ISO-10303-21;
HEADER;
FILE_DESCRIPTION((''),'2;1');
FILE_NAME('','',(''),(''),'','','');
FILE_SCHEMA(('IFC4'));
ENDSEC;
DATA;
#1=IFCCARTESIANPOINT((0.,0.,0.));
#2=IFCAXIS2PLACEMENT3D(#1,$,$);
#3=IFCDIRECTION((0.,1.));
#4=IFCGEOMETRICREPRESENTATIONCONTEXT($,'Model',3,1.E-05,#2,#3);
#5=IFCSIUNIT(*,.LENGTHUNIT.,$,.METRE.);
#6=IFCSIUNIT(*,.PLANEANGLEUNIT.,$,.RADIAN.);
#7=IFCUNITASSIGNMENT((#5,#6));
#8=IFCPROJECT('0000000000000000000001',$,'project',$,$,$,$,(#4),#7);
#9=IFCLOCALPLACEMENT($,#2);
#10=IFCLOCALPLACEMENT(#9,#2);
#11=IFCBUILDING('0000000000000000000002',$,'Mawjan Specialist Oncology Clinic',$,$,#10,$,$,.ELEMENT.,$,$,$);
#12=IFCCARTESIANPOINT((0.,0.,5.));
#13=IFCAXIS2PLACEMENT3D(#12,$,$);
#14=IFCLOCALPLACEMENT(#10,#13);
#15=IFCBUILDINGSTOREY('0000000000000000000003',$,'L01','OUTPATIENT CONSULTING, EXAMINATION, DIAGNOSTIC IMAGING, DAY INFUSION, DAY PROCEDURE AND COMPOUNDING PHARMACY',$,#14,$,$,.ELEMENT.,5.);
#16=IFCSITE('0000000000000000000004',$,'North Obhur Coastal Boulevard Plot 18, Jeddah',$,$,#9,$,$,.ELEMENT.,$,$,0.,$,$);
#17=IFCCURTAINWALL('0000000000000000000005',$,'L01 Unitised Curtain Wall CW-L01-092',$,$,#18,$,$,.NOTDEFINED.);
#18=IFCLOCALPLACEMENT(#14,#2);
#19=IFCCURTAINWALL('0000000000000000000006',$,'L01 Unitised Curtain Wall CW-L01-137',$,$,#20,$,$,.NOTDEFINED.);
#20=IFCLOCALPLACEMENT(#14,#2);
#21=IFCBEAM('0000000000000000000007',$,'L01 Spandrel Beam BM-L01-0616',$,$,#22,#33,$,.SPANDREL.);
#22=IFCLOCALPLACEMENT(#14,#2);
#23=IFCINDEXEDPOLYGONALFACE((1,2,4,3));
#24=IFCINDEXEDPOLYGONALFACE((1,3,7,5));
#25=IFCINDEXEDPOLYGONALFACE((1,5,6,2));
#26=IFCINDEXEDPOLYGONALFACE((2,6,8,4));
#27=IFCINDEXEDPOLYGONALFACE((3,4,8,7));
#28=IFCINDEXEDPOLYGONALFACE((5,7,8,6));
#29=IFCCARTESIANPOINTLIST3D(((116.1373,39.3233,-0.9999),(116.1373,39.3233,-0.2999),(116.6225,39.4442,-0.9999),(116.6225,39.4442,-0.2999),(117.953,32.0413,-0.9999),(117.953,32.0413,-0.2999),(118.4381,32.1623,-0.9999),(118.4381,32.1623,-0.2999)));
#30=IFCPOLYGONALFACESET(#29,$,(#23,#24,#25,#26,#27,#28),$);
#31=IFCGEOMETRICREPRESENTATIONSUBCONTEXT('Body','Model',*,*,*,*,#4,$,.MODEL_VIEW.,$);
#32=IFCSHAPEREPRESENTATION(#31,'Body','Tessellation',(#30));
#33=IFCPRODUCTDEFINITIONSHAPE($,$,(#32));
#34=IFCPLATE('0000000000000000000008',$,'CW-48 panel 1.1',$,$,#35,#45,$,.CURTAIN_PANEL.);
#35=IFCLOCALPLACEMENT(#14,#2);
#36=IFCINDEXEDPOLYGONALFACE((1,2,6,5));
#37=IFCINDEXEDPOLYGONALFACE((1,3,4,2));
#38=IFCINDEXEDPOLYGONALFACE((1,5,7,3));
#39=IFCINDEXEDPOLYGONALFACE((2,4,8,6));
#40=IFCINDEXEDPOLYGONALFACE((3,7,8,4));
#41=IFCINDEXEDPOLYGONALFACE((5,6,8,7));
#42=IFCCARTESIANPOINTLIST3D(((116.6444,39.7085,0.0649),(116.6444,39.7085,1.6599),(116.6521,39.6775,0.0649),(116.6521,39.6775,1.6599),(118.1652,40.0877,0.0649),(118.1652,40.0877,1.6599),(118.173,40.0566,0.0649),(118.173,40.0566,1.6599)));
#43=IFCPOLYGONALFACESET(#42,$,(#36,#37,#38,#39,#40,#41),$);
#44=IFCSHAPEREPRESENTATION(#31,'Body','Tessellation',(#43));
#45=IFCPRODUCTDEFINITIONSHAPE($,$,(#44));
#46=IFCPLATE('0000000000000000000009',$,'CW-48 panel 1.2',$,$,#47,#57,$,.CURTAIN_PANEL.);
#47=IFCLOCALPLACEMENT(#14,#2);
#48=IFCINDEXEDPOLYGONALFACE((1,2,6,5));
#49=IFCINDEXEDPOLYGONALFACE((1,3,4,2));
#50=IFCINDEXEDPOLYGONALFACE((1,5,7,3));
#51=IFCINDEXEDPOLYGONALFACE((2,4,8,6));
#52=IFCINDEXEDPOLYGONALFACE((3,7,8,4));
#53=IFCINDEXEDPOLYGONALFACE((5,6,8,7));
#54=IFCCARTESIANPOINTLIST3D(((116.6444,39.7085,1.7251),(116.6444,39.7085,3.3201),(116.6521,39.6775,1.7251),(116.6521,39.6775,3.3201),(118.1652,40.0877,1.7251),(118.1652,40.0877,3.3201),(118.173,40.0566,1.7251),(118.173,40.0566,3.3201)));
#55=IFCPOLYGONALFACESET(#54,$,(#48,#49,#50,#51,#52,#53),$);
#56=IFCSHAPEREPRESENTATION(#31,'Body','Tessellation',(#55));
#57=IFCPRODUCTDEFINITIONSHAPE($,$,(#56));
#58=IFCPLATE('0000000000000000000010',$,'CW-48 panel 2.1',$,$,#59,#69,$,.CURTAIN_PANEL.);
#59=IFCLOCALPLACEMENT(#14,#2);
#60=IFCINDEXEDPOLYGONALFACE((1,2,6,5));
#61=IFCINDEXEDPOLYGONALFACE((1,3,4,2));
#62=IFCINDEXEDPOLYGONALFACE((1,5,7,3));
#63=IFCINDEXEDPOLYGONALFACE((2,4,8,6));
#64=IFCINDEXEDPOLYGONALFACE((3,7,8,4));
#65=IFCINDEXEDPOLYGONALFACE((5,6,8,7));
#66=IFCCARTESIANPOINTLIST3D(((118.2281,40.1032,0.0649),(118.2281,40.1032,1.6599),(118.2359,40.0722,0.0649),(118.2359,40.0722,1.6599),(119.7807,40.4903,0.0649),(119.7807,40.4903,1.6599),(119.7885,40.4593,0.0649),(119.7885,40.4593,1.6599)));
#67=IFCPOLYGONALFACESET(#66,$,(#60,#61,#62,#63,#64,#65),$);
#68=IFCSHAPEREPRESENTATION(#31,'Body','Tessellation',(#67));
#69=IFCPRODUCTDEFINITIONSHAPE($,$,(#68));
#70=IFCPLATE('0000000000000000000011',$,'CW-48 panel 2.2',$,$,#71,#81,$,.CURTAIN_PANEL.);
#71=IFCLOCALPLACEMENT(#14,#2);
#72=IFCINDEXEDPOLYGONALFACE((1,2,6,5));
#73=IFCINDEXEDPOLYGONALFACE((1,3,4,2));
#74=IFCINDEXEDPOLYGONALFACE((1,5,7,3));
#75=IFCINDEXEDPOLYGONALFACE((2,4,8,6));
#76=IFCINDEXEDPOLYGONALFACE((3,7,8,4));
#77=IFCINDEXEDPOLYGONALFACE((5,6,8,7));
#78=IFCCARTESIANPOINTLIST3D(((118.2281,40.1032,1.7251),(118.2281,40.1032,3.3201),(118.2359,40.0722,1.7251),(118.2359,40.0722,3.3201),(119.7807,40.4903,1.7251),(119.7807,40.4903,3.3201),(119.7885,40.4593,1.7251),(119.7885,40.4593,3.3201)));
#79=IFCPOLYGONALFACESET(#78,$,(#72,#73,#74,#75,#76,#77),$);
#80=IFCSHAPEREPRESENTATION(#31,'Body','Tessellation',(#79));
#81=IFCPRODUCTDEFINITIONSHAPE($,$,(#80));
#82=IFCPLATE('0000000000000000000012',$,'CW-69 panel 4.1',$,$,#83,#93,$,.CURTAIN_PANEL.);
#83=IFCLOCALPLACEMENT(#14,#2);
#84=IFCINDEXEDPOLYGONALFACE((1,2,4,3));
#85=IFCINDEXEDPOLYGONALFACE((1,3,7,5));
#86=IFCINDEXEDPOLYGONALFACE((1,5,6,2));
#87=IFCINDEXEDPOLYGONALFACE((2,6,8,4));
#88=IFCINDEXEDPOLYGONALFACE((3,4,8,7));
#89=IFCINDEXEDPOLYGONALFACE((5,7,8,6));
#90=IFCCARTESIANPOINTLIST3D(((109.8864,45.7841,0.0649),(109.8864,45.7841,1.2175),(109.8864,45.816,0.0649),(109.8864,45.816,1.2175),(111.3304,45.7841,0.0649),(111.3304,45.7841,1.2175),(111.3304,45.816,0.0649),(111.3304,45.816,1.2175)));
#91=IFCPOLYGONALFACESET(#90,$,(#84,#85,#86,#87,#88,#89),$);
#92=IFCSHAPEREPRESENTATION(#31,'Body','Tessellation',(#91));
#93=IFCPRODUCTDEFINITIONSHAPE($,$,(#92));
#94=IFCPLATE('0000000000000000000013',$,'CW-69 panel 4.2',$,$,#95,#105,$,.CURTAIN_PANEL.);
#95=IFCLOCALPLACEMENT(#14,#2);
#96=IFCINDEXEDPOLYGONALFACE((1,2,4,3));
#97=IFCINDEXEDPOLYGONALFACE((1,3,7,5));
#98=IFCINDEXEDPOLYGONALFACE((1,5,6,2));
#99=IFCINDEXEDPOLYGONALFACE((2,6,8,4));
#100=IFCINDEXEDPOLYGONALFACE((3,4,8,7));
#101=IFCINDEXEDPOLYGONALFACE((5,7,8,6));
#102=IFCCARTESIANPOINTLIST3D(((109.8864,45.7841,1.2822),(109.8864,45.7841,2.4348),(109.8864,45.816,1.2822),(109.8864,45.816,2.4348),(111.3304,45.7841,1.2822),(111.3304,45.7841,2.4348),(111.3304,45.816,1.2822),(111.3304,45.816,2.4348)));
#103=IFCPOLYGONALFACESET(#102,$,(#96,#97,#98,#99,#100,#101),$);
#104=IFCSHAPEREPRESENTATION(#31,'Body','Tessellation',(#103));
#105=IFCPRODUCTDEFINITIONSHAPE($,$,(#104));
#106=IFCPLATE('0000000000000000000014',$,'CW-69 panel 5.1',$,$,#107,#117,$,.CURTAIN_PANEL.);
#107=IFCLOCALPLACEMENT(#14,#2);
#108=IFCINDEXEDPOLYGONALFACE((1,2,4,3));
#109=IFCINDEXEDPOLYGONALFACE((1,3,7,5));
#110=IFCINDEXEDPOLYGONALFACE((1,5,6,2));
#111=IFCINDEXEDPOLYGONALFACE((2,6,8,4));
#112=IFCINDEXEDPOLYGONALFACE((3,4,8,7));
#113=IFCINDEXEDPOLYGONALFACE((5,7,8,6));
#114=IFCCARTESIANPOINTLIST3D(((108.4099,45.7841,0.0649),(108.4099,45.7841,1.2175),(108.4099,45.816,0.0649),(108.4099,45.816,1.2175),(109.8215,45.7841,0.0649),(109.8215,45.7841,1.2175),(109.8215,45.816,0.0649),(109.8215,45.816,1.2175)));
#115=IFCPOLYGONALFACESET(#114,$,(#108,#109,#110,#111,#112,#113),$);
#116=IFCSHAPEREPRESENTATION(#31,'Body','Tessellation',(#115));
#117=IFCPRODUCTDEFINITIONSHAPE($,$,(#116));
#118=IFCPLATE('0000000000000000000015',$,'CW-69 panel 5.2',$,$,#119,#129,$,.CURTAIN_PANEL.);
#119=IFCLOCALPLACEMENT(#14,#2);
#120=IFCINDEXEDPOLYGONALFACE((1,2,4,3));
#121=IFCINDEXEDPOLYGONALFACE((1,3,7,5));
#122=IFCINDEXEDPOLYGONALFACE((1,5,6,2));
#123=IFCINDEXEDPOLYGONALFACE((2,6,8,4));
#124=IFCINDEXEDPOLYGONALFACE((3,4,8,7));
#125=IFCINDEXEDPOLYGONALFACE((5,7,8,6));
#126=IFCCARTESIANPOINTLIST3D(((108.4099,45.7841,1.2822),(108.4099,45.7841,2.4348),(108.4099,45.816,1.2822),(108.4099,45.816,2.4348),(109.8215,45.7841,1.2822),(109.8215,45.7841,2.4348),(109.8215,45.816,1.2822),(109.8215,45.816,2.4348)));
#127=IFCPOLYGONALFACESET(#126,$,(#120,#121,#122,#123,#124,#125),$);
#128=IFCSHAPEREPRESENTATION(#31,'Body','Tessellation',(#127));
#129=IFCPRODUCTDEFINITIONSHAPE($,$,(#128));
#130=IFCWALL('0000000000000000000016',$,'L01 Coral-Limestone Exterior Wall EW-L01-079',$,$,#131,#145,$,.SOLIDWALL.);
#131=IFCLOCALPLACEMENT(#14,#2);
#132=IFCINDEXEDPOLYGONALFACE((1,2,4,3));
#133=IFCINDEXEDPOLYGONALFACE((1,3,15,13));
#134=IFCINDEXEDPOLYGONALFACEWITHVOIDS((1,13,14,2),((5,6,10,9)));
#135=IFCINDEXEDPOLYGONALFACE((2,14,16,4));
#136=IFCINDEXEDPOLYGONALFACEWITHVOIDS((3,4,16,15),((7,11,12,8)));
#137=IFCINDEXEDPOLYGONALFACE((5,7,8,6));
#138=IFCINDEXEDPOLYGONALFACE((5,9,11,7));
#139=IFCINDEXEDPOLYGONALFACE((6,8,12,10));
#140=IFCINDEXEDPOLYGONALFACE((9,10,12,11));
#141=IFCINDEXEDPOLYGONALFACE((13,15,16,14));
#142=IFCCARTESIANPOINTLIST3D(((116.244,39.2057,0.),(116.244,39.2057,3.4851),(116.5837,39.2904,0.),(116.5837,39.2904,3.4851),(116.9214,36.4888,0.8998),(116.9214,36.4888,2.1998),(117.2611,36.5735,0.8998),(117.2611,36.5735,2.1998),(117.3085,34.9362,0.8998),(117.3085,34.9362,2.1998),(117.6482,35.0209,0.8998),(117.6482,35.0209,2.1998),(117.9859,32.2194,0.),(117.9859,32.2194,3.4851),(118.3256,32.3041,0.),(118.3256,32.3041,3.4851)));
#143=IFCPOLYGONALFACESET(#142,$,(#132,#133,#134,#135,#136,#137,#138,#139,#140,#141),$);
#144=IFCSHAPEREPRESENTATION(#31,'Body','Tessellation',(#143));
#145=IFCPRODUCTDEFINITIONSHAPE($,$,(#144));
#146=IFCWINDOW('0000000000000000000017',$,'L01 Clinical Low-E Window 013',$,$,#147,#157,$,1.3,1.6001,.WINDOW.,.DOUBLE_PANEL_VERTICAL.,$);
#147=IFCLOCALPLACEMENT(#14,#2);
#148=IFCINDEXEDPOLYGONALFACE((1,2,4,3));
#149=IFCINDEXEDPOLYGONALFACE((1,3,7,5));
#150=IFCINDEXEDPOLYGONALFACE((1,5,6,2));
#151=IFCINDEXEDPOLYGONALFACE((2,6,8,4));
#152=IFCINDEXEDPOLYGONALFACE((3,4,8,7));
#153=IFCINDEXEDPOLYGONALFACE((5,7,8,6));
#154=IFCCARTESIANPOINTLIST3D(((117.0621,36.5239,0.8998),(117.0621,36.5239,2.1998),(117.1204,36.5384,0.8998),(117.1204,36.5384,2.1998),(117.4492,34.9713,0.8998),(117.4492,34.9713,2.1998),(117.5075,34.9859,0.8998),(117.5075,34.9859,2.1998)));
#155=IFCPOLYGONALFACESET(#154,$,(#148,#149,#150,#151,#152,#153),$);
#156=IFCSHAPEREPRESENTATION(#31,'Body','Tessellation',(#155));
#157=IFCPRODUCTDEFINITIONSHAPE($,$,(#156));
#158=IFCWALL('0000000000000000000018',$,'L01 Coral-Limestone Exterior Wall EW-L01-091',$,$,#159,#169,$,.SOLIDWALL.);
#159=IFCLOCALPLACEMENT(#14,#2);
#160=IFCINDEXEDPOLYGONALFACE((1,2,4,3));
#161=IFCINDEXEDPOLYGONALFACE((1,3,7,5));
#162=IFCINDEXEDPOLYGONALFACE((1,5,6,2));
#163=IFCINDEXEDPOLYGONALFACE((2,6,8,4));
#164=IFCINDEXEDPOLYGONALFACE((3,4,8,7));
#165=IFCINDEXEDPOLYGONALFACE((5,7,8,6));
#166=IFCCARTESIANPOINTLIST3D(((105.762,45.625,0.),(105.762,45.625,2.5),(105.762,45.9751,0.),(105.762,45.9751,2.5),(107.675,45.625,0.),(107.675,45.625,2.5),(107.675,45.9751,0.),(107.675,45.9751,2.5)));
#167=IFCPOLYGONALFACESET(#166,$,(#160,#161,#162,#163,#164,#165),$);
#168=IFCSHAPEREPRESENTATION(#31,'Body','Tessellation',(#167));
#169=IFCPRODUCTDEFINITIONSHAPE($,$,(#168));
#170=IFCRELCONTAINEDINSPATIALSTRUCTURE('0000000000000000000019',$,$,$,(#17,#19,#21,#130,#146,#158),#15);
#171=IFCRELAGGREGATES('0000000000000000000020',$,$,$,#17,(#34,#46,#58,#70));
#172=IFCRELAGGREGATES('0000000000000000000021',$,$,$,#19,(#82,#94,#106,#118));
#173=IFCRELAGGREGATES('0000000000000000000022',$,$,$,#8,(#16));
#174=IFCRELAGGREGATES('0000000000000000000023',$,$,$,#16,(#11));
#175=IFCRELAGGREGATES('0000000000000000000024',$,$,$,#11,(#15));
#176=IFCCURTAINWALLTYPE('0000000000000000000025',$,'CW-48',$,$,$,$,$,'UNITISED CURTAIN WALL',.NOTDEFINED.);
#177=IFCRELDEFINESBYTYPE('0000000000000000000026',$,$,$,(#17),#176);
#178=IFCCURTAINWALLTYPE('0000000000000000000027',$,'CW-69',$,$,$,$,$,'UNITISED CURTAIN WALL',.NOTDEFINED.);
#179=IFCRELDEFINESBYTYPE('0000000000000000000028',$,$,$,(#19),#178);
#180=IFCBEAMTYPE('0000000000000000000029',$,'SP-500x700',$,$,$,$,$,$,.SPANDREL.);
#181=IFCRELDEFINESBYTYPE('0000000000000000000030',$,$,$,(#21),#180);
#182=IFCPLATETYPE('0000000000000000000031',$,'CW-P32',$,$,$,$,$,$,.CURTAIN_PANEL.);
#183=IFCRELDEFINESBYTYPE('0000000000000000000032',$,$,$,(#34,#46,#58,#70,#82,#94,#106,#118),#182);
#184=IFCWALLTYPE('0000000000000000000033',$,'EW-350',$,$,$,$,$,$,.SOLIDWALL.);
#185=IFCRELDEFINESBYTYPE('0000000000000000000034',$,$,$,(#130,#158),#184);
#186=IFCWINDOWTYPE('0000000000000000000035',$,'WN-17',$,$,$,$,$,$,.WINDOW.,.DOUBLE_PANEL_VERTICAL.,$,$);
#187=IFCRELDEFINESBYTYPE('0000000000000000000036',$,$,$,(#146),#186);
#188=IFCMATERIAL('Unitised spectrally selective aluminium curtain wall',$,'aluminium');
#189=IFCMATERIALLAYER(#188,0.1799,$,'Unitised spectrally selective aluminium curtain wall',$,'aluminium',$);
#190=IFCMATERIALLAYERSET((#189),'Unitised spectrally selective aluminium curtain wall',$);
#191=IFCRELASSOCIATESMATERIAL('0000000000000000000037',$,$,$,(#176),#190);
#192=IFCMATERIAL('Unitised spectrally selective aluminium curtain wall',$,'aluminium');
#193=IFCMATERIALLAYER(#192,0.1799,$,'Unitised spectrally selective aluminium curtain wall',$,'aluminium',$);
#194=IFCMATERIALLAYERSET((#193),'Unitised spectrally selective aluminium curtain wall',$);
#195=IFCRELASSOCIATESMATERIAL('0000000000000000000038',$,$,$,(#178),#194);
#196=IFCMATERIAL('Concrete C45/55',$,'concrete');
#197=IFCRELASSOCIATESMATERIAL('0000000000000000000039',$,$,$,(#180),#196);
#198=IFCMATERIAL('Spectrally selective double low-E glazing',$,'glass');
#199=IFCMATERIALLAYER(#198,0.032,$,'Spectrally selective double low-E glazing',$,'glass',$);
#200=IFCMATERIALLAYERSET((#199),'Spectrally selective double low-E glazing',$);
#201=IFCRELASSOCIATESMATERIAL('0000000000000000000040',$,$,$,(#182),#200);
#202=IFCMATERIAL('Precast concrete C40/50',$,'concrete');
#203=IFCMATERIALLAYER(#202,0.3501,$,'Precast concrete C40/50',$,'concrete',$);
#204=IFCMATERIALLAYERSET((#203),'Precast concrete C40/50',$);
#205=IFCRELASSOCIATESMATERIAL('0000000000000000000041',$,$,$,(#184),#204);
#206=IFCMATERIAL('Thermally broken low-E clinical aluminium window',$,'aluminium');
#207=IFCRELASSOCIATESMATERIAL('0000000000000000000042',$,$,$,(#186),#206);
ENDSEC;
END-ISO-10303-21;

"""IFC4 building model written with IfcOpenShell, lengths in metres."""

from ifc_helpers import new_model, si_unit, direction, frame, frame_2d, origin, origin_2d, place, context, subcontext, project, spatial, rectangle, extrude, material, layer, layer_set, material_profile, profile_set, type_object, element, fill, aggregate, save


model = new_model("IFC4")

# Units and contexts
model_context = context("Model", 3, precision=1e-05, world=origin(), true_north=direction((0.0, 1.0)))
body_context = subcontext(model_context, "Body", "Model", "MODEL_VIEW")
ifc_project = project(units=[si_unit("LENGTHUNIT", "METRE"), si_unit("PLANEANGLEUNIT", "RADIAN")], contexts=[model_context])

# Site, building, storey
site_placement = place(None, origin())
site = spatial("IfcSite", under=ifc_project, at=site_placement, Name="North Obhur Coastal Boulevard Plot 18, Jeddah", CompositionType="ELEMENT", RefElevation=0.0)
building_placement = place(site_placement, origin())
building = spatial("IfcBuilding", under=site, at=building_placement, Name="Mawjan Specialist Oncology Clinic", CompositionType="ELEMENT")
storey_placement = place(building_placement, frame((0.0, 0.0, 5.0)))
storey = spatial("IfcBuildingStorey", under=building, at=storey_placement, Name="L01", Description="OUTPATIENT CONSULTING, EXAMINATION, DIAGNOSTIC IMAGING, DAY INFUSION, DAY PROCEDURE AND COMPOUNDING PHARMACY", CompositionType="ELEMENT", Elevation=5.0)

# Curtain walls
ifc_material_1 = material(Name="Unitised spectrally selective aluminium curtain wall", Category="aluminium")
ifc_layer_1 = layer(ifc_material_1, 0.1799, Name="Unitised spectrally selective aluminium curtain wall", Category="aluminium")
ifc_layer_set_1 = layer_set([ifc_layer_1], Name="Unitised spectrally selective aluminium curtain wall")
curtain_wall_type_1 = type_object("IfcCurtainWallType", Name="CW-48", ElementType="UNITISED CURTAIN WALL", PredefinedType="NOTDEFINED", material=ifc_layer_set_1)
curtain_wall_1_placement = place(storey_placement, origin())
curtain_wall_1 = element("IfcCurtainWall", 1, at=curtain_wall_1_placement, inside=storey, type_object=curtain_wall_type_1, Name="L01 Unitised Curtain Wall CW-L01-092", PredefinedType="NOTDEFINED")
ifc_material_2 = material(Name="Unitised spectrally selective aluminium curtain wall", Category="aluminium")
ifc_layer_2 = layer(ifc_material_2, 0.1799, Name="Unitised spectrally selective aluminium curtain wall", Category="aluminium")
ifc_layer_set_2 = layer_set([ifc_layer_2], Name="Unitised spectrally selective aluminium curtain wall")
curtain_wall_type_2 = type_object("IfcCurtainWallType", Name="CW-69", ElementType="UNITISED CURTAIN WALL", PredefinedType="NOTDEFINED", material=ifc_layer_set_2)
curtain_wall_2_placement = place(storey_placement, origin())
curtain_wall_2 = element("IfcCurtainWall", 2, at=curtain_wall_2_placement, inside=storey, type_object=curtain_wall_type_2, Name="L01 Unitised Curtain Wall CW-L01-137", PredefinedType="NOTDEFINED")

# Beam
ifc_material_3 = material(Name="Concrete C45/55", Category="concrete")
ifc_material_profile_1 = material_profile(ifc_material_3, rectangle(XDim=0.5, YDim=0.7, at=origin_2d()), Name="RC BM 500x700", Category="concrete")
ifc_profile_set_1 = profile_set([ifc_material_profile_1], Name="Concrete C45/55")
beam_type_1 = type_object("IfcBeamType", Name="SP-500x700", PredefinedType="SPANDREL", material=ifc_profile_set_1)
beam_1_placement = place(storey_placement, frame((118.1956, 32.1018, -0.6499), z_axis=(-0.241931, 0.970293, 0.0), x_axis=(-0.970293, -0.241931, 0.0)))
element("IfcBeam", 3, at=beam_1_placement, inside=storey, type_object=beam_type_1, Name="L01 Spandrel Beam BM-L01-0616", PredefinedType="SPANDREL", context=body_context, shape_type="SweptSolid", body=[
    extrude(rectangle(XDim=0.5, YDim=0.7, at=origin_2d()), origin(), (0.0, 0.0, 1.0), 7.5049),
])

# Plates
ifc_material_4 = material(Name="Spectrally selective double low-E glazing", Category="glass")
ifc_layer_3 = layer(ifc_material_4, 0.032, Name="Spectrally selective double low-E glazing", Category="glass")
ifc_layer_set_3 = layer_set([ifc_layer_3], Name="Spectrally selective double low-E glazing")
plate_type = type_object("IfcPlateType", Name="CW-P32", PredefinedType="CURTAIN_PANEL", material=ifc_layer_set_3)
plate_1_placement = place(storey_placement, frame((117.4087, 39.8826, 0.0649), z_axis=(0.0, 0.0, 1.0), x_axis=(0.970296, 0.241922, 0.0)))
plate_1 = element("IfcPlate", 4, at=plate_1_placement, type_object=plate_type, Name="CW-48 panel 1.1", PredefinedType="CURTAIN_PANEL", context=body_context, shape_type="SweptSolid", body=[
    extrude(rectangle(XDim=1.5674, YDim=0.032, at=origin_2d()), origin(), (0.0, 0.0, 1.0), 1.595),
])
plate_2_placement = place(storey_placement, frame((117.4087, 39.8826, 1.7251), z_axis=(0.0, 0.0, 1.0), x_axis=(0.970296, 0.241922, 0.0)))
plate_2 = element("IfcPlate", 5, at=plate_2_placement, type_object=plate_type, Name="CW-48 panel 1.2", PredefinedType="CURTAIN_PANEL", context=body_context, shape_type="SweptSolid", body=[
    extrude(rectangle(XDim=1.5674, YDim=0.032, at=origin_2d()), origin(), (0.0, 0.0, 1.0), 1.595),
])
plate_3_placement = place(storey_placement, frame((119.0083, 40.2812, 0.0649), z_axis=(0.0, 0.0, 1.0), x_axis=(0.970296, 0.241922, 0.0)))
plate_3 = element("IfcPlate", 6, at=plate_3_placement, type_object=plate_type, Name="CW-48 panel 2.1", PredefinedType="CURTAIN_PANEL", context=body_context, shape_type="SweptSolid", body=[
    extrude(rectangle(XDim=1.6001, YDim=0.032, at=origin_2d()), origin(), (0.0, 0.0, 1.0), 1.595),
])
plate_4_placement = place(storey_placement, frame((119.0083, 40.2812, 1.7251), z_axis=(0.0, 0.0, 1.0), x_axis=(0.970296, 0.241922, 0.0)))
plate_4 = element("IfcPlate", 7, at=plate_4_placement, type_object=plate_type, Name="CW-48 panel 2.2", PredefinedType="CURTAIN_PANEL", context=body_context, shape_type="SweptSolid", body=[
    extrude(rectangle(XDim=1.6001, YDim=0.032, at=origin_2d()), origin(), (0.0, 0.0, 1.0), 1.595),
])
aggregate(curtain_wall_1, [plate_1, plate_2, plate_3, plate_4])
plate_5_placement = place(storey_placement, frame((110.6084, 45.8, 0.0649), z_axis=(0.0, 0.0, 1.0), x_axis=(-1.0, 0.0, 0.0)))
plate_5 = element("IfcPlate", 8, at=plate_5_placement, type_object=plate_type, Name="CW-69 panel 4.1", PredefinedType="CURTAIN_PANEL", context=body_context, shape_type="SweptSolid", body=[
    extrude(rectangle(XDim=1.4441, YDim=0.032, at=origin_2d()), origin(), (0.0, 0.0, 1.0), 1.1526),
])
plate_6_placement = place(storey_placement, frame((110.6084, 45.8, 1.2822), z_axis=(0.0, 0.0, 1.0), x_axis=(-1.0, 0.0, 0.0)))
plate_6 = element("IfcPlate", 9, at=plate_6_placement, type_object=plate_type, Name="CW-69 panel 4.2", PredefinedType="CURTAIN_PANEL", context=body_context, shape_type="SweptSolid", body=[
    extrude(rectangle(XDim=1.4441, YDim=0.032, at=origin_2d()), origin(), (0.0, 0.0, 1.0), 1.1526),
])
plate_7_placement = place(storey_placement, frame((109.1157, 45.8, 0.0649), z_axis=(0.0, 0.0, 1.0), x_axis=(-1.0, 0.0, 0.0)))
plate_7 = element("IfcPlate", 10, at=plate_7_placement, type_object=plate_type, Name="CW-69 panel 5.1", PredefinedType="CURTAIN_PANEL", context=body_context, shape_type="SweptSolid", body=[
    extrude(rectangle(XDim=1.4116, YDim=0.032, at=origin_2d()), origin(), (0.0, 0.0, 1.0), 1.1526),
])
plate_8_placement = place(storey_placement, frame((109.1157, 45.8, 1.2822), z_axis=(0.0, 0.0, 1.0), x_axis=(-1.0, 0.0, 0.0)))
plate_8 = element("IfcPlate", 11, at=plate_8_placement, type_object=plate_type, Name="CW-69 panel 5.2", PredefinedType="CURTAIN_PANEL", context=body_context, shape_type="SweptSolid", body=[
    extrude(rectangle(XDim=1.4116, YDim=0.032, at=origin_2d()), origin(), (0.0, 0.0, 1.0), 1.1526),
])
aggregate(curtain_wall_2, [plate_5, plate_6, plate_7, plate_8])

# Wall, opening, window
ifc_material_5 = material(Name="Precast concrete C40/50", Category="concrete")
ifc_layer_4 = layer(ifc_material_5, 0.3501, Name="Precast concrete C40/50", Category="concrete")
ifc_layer_set_4 = layer_set([ifc_layer_4], Name="Precast concrete C40/50")
wall_type = type_object("IfcWallType", Name="EW-350", PredefinedType="SOLIDWALL", material=ifc_layer_set_4)
wall_1_placement = place(storey_placement, frame((118.1558, 32.2617, 0.0), z_axis=(0.0, 0.0, 1.0), x_axis=(-0.241929, 0.970294, 0.0)))
wall_1 = element("IfcWall", 12, at=wall_1_placement, inside=storey, type_object=wall_type, Name="L01 Coral-Limestone Exterior Wall EW-L01-079", PredefinedType="SOLIDWALL", context=body_context, shape_type="SweptSolid", body=[
    extrude(rectangle(XDim=7.2002, YDim=0.3501, at=frame_2d((3.6001, 0.0))), origin(), (0.0, 0.0, 1.0), 3.4851),
])
opening_placement = place(wall_1_placement, frame((2.8, 0.0, 0.8999)))
opening = element("IfcOpeningElement", 13, at=opening_placement, cuts=wall_1, PredefinedType="OPENING", context=body_context, shape_type="SweptSolid", body=[
    extrude(rectangle(XDim=1.6001, YDim=1.3, at=frame_2d((0.8, 0.6499))), frame((0.0, 0.187, 0.0), z_axis=(0.0, -1.0, 0.0), x_axis=(1.0, 0.0, 0.0)), (0.0, 0.0, 1.0), 0.374),
])
ifc_material_6 = material(Name="Thermally broken low-E clinical aluminium window", Category="aluminium")
window_type = type_object("IfcWindowType", Name="WN-17", PartitioningType="DOUBLE_PANEL_VERTICAL", PredefinedType="WINDOW", material=ifc_material_6)
window_placement = place(opening_placement, origin())
window = element("IfcWindow", 14, at=window_placement, inside=storey, type_object=window_type, Name="L01 Clinical Low-E Window 013", OverallHeight=1.3, OverallWidth=1.6001, PartitioningType="DOUBLE_PANEL_VERTICAL", PredefinedType="WINDOW", context=body_context, shape_type="SweptSolid", body=[
    extrude(rectangle(XDim=1.6001, YDim=1.3, at=frame_2d((0.8, 0.6499))), frame((0.0, 0.03, 0.0), z_axis=(0.0, -1.0, 0.0), x_axis=(1.0, 0.0, 0.0)), (0.0, 0.0, 1.0), 0.0601),
])
fill(opening, window)

# Wall
wall_2_placement = place(storey_placement, frame((107.675, 45.8, 0.0), z_axis=(0.0, 0.0, 1.0), x_axis=(-1.0, 0.0, 0.0)))
element("IfcWall", 15, at=wall_2_placement, inside=storey, type_object=wall_type, Name="L01 Coral-Limestone Exterior Wall EW-L01-091", PredefinedType="SOLIDWALL", context=body_context, shape_type="SweptSolid", body=[
    extrude(rectangle(XDim=1.9131, YDim=0.3501, at=frame_2d((0.9565, 0.0))), origin(), (0.0, 0.0, 1.0), 2.5),
])

save(model, "model.ifc")
